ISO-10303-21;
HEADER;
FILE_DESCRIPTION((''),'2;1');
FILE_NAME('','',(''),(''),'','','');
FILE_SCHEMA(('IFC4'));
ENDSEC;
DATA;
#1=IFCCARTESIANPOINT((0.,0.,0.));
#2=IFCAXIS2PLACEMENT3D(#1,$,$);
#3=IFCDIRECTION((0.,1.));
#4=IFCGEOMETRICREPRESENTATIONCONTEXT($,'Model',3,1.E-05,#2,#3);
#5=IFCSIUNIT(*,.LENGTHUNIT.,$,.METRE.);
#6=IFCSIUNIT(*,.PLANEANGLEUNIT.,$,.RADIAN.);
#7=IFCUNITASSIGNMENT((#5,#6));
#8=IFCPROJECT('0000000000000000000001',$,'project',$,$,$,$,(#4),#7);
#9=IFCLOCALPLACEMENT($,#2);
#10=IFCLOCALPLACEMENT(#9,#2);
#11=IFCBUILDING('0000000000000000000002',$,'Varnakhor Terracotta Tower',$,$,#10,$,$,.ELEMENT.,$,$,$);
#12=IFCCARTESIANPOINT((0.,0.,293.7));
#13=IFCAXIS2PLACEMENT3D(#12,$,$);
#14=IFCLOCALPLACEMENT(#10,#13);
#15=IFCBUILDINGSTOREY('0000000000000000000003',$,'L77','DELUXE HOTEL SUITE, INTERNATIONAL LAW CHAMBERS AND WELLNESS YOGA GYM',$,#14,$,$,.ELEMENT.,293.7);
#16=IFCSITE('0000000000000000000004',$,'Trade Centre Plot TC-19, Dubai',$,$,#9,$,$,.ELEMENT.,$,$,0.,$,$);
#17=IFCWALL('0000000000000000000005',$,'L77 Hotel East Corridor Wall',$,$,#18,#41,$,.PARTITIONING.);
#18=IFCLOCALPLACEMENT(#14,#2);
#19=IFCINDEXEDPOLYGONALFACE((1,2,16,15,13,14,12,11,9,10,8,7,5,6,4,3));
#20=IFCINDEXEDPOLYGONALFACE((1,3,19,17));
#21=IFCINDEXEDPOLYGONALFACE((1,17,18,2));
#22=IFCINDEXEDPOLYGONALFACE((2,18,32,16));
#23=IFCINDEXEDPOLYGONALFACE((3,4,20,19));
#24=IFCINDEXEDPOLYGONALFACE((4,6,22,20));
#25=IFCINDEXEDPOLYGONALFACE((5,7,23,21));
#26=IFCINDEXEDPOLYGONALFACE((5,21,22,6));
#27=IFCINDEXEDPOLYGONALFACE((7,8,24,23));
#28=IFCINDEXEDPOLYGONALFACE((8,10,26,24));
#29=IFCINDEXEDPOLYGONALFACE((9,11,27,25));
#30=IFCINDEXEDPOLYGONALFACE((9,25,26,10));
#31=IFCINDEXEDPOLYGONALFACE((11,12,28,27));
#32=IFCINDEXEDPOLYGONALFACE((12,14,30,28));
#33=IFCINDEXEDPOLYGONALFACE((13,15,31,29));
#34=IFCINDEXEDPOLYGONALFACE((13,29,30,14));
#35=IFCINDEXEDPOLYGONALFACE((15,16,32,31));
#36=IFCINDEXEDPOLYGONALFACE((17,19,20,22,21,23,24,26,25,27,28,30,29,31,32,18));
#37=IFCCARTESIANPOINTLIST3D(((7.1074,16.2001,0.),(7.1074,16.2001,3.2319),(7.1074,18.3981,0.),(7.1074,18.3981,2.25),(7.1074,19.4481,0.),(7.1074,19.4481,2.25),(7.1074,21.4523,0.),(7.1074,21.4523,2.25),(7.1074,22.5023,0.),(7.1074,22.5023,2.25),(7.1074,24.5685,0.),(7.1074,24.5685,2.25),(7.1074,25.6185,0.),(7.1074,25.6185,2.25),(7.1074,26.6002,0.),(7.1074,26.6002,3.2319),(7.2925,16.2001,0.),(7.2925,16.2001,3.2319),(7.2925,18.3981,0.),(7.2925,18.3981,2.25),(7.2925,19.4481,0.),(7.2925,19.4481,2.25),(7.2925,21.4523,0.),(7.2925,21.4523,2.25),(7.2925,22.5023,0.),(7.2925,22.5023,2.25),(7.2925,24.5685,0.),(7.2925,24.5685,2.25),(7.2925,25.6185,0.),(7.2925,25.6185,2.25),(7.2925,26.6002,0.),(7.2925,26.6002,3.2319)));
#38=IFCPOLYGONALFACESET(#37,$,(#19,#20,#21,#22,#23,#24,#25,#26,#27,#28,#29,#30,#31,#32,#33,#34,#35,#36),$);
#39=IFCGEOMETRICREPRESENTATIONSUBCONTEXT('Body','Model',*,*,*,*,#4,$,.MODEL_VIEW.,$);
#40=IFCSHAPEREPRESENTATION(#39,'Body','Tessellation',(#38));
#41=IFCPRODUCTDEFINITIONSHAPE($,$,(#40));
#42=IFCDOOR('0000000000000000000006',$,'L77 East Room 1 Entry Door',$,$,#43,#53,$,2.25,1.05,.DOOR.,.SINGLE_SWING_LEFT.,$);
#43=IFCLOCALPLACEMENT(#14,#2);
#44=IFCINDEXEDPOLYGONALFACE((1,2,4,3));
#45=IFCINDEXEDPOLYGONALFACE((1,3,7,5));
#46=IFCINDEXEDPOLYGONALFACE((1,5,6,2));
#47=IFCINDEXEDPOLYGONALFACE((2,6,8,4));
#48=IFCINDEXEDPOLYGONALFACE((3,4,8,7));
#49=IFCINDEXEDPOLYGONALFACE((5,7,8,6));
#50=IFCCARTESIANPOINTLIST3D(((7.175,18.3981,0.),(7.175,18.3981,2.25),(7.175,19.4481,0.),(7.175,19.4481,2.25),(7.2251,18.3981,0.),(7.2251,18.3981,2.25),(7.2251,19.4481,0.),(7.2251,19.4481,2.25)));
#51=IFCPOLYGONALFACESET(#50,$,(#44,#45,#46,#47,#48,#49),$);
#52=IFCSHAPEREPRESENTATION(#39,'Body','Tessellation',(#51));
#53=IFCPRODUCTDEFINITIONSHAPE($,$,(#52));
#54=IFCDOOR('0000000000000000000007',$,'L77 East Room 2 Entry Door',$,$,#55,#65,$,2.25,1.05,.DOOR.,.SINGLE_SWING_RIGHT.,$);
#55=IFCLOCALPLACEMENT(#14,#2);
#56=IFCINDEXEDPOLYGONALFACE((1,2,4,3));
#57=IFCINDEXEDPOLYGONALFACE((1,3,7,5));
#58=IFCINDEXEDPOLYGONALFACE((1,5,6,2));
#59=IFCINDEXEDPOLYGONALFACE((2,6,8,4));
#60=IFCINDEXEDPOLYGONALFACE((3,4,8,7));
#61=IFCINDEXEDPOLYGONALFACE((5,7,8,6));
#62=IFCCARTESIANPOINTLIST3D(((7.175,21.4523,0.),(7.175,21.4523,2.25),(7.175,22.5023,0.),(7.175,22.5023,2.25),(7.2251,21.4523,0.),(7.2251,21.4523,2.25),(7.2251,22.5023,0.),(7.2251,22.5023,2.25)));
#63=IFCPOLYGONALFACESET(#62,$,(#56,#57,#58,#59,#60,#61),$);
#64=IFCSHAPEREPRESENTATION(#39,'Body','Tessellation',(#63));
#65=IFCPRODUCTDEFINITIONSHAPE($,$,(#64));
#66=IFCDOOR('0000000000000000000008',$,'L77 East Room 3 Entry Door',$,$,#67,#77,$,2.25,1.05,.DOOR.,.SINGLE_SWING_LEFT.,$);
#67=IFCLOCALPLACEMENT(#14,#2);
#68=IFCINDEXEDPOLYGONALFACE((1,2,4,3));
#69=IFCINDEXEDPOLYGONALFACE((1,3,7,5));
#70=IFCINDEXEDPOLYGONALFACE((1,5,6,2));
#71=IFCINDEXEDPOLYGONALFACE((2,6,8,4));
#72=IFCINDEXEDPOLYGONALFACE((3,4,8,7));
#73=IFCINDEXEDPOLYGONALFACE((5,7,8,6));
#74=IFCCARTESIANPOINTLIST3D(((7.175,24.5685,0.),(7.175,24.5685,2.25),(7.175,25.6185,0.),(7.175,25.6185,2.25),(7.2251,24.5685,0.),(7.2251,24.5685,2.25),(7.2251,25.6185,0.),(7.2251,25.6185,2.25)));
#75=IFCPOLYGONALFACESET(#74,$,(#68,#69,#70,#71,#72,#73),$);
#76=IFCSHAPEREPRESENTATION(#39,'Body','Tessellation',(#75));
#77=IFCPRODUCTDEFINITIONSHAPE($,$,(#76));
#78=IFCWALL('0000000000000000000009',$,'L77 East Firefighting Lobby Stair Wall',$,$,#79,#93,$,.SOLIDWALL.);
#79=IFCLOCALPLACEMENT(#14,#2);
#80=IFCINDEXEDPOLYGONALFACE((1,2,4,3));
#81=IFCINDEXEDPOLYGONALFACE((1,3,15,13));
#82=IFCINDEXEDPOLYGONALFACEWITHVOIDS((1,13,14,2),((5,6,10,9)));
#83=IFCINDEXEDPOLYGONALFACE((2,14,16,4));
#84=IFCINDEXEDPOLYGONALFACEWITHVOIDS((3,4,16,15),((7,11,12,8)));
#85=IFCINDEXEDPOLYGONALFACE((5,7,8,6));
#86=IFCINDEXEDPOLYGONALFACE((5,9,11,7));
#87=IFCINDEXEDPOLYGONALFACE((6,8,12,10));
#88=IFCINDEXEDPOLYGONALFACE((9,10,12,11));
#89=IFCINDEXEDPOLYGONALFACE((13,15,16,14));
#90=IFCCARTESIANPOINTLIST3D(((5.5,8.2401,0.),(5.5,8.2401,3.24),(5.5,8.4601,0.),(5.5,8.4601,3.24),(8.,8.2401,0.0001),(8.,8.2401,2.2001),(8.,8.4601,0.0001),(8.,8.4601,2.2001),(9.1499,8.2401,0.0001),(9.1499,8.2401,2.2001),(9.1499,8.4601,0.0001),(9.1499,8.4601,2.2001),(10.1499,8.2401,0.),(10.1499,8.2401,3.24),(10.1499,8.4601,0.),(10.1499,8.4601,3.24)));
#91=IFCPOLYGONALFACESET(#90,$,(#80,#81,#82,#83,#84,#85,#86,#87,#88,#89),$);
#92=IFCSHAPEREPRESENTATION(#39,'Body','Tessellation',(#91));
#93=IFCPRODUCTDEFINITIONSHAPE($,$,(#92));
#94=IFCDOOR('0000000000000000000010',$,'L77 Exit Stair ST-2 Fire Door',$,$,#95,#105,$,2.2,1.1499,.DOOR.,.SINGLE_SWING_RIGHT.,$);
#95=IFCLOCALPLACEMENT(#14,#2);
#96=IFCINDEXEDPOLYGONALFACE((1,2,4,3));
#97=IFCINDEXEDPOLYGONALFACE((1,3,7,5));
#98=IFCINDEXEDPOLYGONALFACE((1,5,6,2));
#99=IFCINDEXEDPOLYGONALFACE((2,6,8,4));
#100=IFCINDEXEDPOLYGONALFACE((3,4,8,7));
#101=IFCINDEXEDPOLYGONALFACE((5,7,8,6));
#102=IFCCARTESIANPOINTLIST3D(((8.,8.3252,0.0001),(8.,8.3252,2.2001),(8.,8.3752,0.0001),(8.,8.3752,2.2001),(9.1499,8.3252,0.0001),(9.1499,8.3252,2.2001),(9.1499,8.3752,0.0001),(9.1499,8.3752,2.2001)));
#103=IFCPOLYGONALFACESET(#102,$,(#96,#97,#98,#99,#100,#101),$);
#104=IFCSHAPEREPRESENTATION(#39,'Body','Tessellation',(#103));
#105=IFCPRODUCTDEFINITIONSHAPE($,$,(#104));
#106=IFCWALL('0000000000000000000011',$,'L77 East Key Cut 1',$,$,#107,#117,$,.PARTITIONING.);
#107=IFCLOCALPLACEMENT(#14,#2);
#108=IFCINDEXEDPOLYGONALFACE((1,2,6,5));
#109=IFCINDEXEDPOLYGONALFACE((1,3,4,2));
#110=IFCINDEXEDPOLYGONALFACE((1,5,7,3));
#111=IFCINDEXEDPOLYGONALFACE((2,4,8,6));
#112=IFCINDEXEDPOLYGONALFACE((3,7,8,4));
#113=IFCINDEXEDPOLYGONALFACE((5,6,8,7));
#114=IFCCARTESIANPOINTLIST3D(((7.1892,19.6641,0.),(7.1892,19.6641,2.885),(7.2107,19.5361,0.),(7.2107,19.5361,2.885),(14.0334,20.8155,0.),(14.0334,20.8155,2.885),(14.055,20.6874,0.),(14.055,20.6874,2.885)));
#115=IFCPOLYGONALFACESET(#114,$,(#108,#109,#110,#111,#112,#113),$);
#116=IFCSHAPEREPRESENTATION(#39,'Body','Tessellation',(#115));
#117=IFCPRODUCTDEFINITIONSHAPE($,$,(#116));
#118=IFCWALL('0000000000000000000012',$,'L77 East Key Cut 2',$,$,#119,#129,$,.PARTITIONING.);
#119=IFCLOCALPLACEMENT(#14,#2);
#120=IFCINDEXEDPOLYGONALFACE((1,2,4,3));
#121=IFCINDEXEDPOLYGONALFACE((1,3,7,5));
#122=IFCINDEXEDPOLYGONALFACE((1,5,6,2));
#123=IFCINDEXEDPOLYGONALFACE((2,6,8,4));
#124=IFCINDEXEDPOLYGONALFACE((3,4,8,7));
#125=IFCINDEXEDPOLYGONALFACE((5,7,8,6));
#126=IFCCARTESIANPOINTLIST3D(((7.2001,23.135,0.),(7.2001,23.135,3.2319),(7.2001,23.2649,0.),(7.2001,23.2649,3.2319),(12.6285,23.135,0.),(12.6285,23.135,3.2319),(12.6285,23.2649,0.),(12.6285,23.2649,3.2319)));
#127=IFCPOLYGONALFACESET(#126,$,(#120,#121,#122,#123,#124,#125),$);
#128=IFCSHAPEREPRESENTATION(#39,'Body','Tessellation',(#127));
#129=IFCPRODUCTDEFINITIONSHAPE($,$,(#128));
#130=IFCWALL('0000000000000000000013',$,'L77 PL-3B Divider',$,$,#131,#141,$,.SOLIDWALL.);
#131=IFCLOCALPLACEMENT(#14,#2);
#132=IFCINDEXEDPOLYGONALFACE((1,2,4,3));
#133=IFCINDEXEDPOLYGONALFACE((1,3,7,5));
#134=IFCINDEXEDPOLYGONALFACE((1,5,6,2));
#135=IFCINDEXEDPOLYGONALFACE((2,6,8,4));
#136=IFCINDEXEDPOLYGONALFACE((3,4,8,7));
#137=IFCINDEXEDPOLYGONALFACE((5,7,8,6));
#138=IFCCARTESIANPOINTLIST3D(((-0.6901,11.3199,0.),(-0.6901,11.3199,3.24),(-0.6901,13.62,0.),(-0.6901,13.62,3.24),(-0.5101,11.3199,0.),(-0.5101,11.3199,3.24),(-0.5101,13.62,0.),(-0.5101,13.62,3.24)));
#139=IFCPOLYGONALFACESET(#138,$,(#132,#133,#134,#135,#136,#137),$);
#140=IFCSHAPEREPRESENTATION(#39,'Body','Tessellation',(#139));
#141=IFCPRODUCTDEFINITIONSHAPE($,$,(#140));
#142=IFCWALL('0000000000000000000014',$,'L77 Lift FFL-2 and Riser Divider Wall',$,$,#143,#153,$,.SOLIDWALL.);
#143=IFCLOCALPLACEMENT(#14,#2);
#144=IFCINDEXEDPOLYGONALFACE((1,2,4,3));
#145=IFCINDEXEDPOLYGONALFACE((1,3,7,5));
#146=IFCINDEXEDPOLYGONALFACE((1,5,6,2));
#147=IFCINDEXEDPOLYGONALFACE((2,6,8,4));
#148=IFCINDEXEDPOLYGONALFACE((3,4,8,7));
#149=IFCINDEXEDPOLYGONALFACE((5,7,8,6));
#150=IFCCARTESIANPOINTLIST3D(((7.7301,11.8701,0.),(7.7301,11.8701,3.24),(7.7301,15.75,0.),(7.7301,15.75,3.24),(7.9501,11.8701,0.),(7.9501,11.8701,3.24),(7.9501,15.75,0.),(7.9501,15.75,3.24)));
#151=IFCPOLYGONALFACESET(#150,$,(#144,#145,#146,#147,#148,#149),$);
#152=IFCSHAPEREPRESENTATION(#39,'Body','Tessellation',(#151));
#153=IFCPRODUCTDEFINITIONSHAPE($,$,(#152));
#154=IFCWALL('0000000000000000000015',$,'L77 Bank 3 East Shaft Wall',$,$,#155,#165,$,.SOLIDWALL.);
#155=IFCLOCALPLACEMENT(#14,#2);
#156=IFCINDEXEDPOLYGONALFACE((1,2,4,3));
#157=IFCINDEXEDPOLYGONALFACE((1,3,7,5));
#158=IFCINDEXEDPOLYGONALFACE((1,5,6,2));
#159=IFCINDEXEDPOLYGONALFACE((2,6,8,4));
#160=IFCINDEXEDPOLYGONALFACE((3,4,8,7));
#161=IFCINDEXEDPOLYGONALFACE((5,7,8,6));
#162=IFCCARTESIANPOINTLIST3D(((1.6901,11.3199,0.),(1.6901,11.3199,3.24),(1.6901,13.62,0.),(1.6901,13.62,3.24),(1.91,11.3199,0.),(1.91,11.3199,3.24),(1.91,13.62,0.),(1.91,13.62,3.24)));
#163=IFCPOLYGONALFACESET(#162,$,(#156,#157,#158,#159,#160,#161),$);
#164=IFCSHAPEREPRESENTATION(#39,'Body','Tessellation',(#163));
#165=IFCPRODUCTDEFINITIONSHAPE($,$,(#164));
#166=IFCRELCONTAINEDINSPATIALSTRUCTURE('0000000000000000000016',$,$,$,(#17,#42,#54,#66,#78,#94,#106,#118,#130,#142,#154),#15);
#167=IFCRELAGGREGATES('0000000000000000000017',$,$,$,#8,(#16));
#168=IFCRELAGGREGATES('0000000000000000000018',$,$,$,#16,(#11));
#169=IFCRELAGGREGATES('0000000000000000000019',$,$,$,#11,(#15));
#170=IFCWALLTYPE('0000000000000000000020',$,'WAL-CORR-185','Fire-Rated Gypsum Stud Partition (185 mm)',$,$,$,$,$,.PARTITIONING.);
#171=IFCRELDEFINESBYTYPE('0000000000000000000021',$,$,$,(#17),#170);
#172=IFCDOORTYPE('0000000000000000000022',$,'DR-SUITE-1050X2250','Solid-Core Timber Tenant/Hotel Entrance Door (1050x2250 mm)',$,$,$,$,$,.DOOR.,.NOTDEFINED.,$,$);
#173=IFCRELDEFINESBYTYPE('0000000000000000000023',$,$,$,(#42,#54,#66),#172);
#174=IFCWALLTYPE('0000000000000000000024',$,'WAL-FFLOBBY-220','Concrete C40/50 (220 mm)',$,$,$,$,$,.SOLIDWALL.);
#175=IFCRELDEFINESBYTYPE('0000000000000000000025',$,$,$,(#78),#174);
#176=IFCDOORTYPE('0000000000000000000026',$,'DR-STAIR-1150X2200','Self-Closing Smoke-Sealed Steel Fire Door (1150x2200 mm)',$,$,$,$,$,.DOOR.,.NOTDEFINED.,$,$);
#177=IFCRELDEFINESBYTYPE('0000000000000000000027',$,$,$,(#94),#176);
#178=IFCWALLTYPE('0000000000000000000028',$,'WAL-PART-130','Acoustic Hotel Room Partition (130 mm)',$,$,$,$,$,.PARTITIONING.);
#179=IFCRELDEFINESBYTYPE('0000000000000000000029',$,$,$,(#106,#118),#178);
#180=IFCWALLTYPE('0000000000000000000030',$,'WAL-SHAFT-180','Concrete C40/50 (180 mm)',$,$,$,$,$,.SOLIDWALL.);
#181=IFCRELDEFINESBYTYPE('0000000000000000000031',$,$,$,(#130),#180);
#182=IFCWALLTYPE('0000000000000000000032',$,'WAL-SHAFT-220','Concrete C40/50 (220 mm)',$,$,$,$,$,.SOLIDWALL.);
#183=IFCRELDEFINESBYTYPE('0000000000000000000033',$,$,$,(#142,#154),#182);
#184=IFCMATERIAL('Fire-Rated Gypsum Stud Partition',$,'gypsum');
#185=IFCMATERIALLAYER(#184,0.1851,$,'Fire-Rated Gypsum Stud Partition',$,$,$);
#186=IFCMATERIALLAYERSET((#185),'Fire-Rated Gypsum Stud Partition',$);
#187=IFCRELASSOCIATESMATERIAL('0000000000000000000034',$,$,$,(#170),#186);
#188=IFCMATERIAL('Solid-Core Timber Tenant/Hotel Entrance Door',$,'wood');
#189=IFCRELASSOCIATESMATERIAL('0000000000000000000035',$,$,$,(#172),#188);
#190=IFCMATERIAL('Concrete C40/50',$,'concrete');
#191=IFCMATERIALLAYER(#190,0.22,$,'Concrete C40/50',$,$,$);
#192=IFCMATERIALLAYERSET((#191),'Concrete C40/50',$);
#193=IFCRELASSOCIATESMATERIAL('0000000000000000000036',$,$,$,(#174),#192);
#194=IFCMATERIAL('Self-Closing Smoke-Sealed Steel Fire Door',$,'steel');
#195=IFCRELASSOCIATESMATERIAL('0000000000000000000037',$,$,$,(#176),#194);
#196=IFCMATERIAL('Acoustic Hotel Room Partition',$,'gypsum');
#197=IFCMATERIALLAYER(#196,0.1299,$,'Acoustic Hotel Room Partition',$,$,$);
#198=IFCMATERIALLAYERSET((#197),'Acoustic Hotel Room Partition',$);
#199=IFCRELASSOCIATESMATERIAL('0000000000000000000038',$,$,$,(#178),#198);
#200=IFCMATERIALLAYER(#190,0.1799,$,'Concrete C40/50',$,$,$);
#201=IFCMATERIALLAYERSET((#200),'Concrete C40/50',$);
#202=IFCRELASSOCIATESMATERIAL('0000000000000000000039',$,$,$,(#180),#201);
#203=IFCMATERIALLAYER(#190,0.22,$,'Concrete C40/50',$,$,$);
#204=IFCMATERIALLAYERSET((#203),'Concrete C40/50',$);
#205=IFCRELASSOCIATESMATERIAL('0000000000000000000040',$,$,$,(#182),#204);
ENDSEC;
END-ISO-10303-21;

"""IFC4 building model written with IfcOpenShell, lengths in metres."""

from ifc_helpers import new_model, si_unit, direction, frame, frame_2d, origin, place, context, subcontext, project, spatial, rectangle, extrude, source, transform, mapped, material, layer, layer_set, type_object, type_shapes, element, fill, save


model = new_model("IFC4")

# Units and contexts
model_context = context("Model", 3, precision=1e-05, world=origin(), true_north=direction((0.0, 1.0)))
body_context = subcontext(model_context, "Body", "Model", "MODEL_VIEW")
ifc_project = project(units=[si_unit("LENGTHUNIT", "METRE"), si_unit("PLANEANGLEUNIT", "RADIAN")], contexts=[model_context])

# Site, building, storey
site_placement = place(None, origin())
site = spatial("IfcSite", under=ifc_project, at=site_placement, Name="Trade Centre Plot TC-19, Dubai", CompositionType="ELEMENT", RefElevation=0.0)
building_placement = place(site_placement, origin())
building = spatial("IfcBuilding", under=site, at=building_placement, Name="Varnakhor Terracotta Tower", CompositionType="ELEMENT")
storey_placement = place(building_placement, frame((0.0, 0.0, 293.7)))
storey = spatial("IfcBuildingStorey", under=building, at=storey_placement, Name="L77", Description="DELUXE HOTEL SUITE, INTERNATIONAL LAW CHAMBERS AND WELLNESS YOGA GYM", CompositionType="ELEMENT", Elevation=293.7)

# Shared definitions
ifc_material_1 = material(Name="Fire-Rated Gypsum Stud Partition", Category="gypsum")
ifc_layer_1 = layer(ifc_material_1, 0.1851, Name="Fire-Rated Gypsum Stud Partition")
ifc_layer_set_1 = layer_set([ifc_layer_1], Name="Fire-Rated Gypsum Stud Partition")
wall_type_1 = type_object("IfcWallType", Name="WAL-CORR-185", Description="Fire-Rated Gypsum Stud Partition (185 mm)", PredefinedType="PARTITIONING", material=ifc_layer_set_1)

# Wall, openings, doors
wall_1_placement = place(storey_placement, frame((7.2, 16.2, 0.0), z_axis=(0.0, 0.0, 1.0), x_axis=(0.0, 1.0, 0.0)))
wall_1 = element("IfcWall", 1, at=wall_1_placement, inside=storey, type_object=wall_type_1, Name="L77 Hotel East Corridor Wall", PredefinedType="PARTITIONING", context=body_context, shape_type="SweptSolid", body=[
    extrude(rectangle(XDim=10.4001, YDim=0.1851, at=frame_2d((5.2002, 0.0))), origin(), (0.0, 0.0, 1.0), 3.2319),
])
opening_1_placement = place(wall_1_placement, frame((2.1982, 0.0, 0.0)))
opening_1 = element("IfcOpeningElement", 2, at=opening_1_placement, cuts=wall_1, PredefinedType="OPENING", context=body_context, shape_type="SweptSolid", body=[
    extrude(rectangle(XDim=1.05, YDim=2.25, at=frame_2d((0.5249, 1.125))), frame((0.0, 0.1025, 0.0), z_axis=(0.0, -1.0, 0.0), x_axis=(1.0, 0.0, 0.0)), (0.0, 0.0, 1.0), 0.2051),
])
opening_2_placement = place(wall_1_placement, frame((5.2524, 0.0, 0.0)))
opening_2 = element("IfcOpeningElement", 3, at=opening_2_placement, cuts=wall_1, PredefinedType="OPENING", context=body_context, shape_type="SweptSolid", body=[
    extrude(rectangle(XDim=1.05, YDim=2.25, at=frame_2d((0.5249, 1.125))), frame((0.0, 0.1025, 0.0), z_axis=(0.0, -1.0, 0.0), x_axis=(1.0, 0.0, 0.0)), (0.0, 0.0, 1.0), 0.2051),
])
opening_3_placement = place(wall_1_placement, frame((8.3687, 0.0, 0.0)))
opening_3 = element("IfcOpeningElement", 4, at=opening_3_placement, cuts=wall_1, PredefinedType="OPENING", context=body_context, shape_type="SweptSolid", body=[
    extrude(rectangle(XDim=1.05, YDim=2.25, at=frame_2d((0.5249, 1.125))), frame((0.0, 0.1025, 0.0), z_axis=(0.0, -1.0, 0.0), x_axis=(1.0, 0.0, 0.0)), (0.0, 0.0, 1.0), 0.2051),
])
ifc_material_2 = material(Name="Solid-Core Timber Tenant/Hotel Entrance Door", Category="wood")
door_type_1 = type_object("IfcDoorType", Name="DR-SUITE-1050X2250", Description="Solid-Core Timber Tenant/Hotel Entrance Door (1050x2250 mm)", OperationType="NOTDEFINED", PredefinedType="DOOR", material=ifc_material_2)
shared_shape_1 = source(origin(), body_context, "Body", "SweptSolid", [
    extrude(rectangle(XDim=1.05, YDim=2.25, at=frame_2d((0.5249, 1.125))), frame((0.0, 0.0249, 0.0), z_axis=(0.0, -1.0, 0.0), x_axis=(1.0, 0.0, 0.0)), (0.0, 0.0, 1.0), 0.05),
])
type_shapes(door_type_1, [shared_shape_1])
door_1_placement = place(opening_1_placement, origin())
door_1 = element("IfcDoor", 5, at=door_1_placement, inside=storey, type_object=door_type_1, Name="L77 East Room 1 Entry Door", OperationType="SINGLE_SWING_LEFT", OverallHeight=2.25, OverallWidth=1.05, PredefinedType="DOOR", context=body_context, shape_type="MappedRepresentation", body=[
    mapped(shared_shape_1, transform((0.0, 0.0, 0.0), scale=1.0)),
])
fill(opening_1, door_1)
door_2_placement = place(opening_2_placement, origin())
door_2 = element("IfcDoor", 6, at=door_2_placement, inside=storey, type_object=door_type_1, Name="L77 East Room 2 Entry Door", OperationType="SINGLE_SWING_RIGHT", OverallHeight=2.25, OverallWidth=1.05, PredefinedType="DOOR", context=body_context, shape_type="MappedRepresentation", body=[
    mapped(shared_shape_1, transform((0.0, 0.0, 0.0), scale=1.0)),
])
fill(opening_2, door_2)
door_3_placement = place(opening_3_placement, origin())
door_3 = element("IfcDoor", 7, at=door_3_placement, inside=storey, type_object=door_type_1, Name="L77 East Room 3 Entry Door", OperationType="SINGLE_SWING_LEFT", OverallHeight=2.25, OverallWidth=1.05, PredefinedType="DOOR", context=body_context, shape_type="MappedRepresentation", body=[
    mapped(shared_shape_1, transform((0.0, 0.0, 0.0), scale=1.0)),
])
fill(opening_3, door_3)

# Wall, opening, door
ifc_material_3 = material(Name="Concrete C40/50", Category="concrete")
ifc_layer_2 = layer(ifc_material_3, 0.22, Name="Concrete C40/50")
ifc_layer_set_2 = layer_set([ifc_layer_2], Name="Concrete C40/50")
wall_type_2 = type_object("IfcWallType", Name="WAL-FFLOBBY-220", Description="Concrete C40/50 (220 mm)", PredefinedType="SOLIDWALL", material=ifc_layer_set_2)
wall_2_placement = place(storey_placement, frame((10.1499, 8.3501, 0.0), z_axis=(0.0, 0.0, 1.0), x_axis=(-1.0, 0.0, 0.0)))
wall_2 = element("IfcWall", 8, at=wall_2_placement, inside=storey, type_object=wall_type_2, Name="L77 East Firefighting Lobby Stair Wall", PredefinedType="SOLIDWALL", context=body_context, shape_type="SweptSolid", body=[
    extrude(rectangle(XDim=4.6499, YDim=0.22, at=frame_2d((2.325, 0.0))), origin(), (0.0, 0.0, 1.0), 3.24),
])
opening_4_placement = place(wall_2_placement, frame((1.0, 0.0, 0.0)))
opening_4 = element("IfcOpeningElement", 9, at=opening_4_placement, cuts=wall_2, PredefinedType="OPENING", context=body_context, shape_type="SweptSolid", body=[
    extrude(rectangle(XDim=1.1499, YDim=2.2, at=frame_2d((0.575, 1.1001))), frame((0.0, 0.1201, 0.0), z_axis=(0.0, -1.0, 0.0), x_axis=(1.0, 0.0, 0.0)), (0.0, 0.0, 1.0), 0.24),
])
ifc_material_4 = material(Name="Self-Closing Smoke-Sealed Steel Fire Door", Category="steel")
door_type_2 = type_object("IfcDoorType", Name="DR-STAIR-1150X2200", Description="Self-Closing Smoke-Sealed Steel Fire Door (1150x2200 mm)", OperationType="NOTDEFINED", PredefinedType="DOOR", material=ifc_material_4)
shared_shape_2 = source(origin(), body_context, "Body", "SweptSolid", [
    extrude(rectangle(XDim=1.1499, YDim=2.2, at=frame_2d((0.575, 1.1001))), frame((0.0, 0.0249, 0.0), z_axis=(0.0, -1.0, 0.0), x_axis=(1.0, 0.0, 0.0)), (0.0, 0.0, 1.0), 0.05),
])
type_shapes(door_type_2, [shared_shape_2])
door_4_placement = place(opening_4_placement, origin())
door_4 = element("IfcDoor", 10, at=door_4_placement, inside=storey, type_object=door_type_2, Name="L77 Exit Stair ST-2 Fire Door", OperationType="SINGLE_SWING_RIGHT", OverallHeight=2.2, OverallWidth=1.1499, PredefinedType="DOOR", context=body_context, shape_type="MappedRepresentation", body=[
    mapped(shared_shape_2, transform((0.0, 0.0, 0.0), scale=1.0)),
])
fill(opening_4, door_4)

# Walls
ifc_material_5 = material(Name="Acoustic Hotel Room Partition", Category="gypsum")
ifc_layer_3 = layer(ifc_material_5, 0.1299, Name="Acoustic Hotel Room Partition")
ifc_layer_set_3 = layer_set([ifc_layer_3], Name="Acoustic Hotel Room Partition")
wall_type_3 = type_object("IfcWallType", Name="WAL-PART-130", Description="Acoustic Hotel Room Partition (130 mm)", PredefinedType="PARTITIONING", material=ifc_layer_set_3)
wall_3_placement = place(storey_placement, frame((7.2, 19.6001, 0.0), z_axis=(0.0, 0.0, 1.0), x_axis=(0.986144, 0.165893, 0.0)))
element("IfcWall", 11, at=wall_3_placement, inside=storey, type_object=wall_type_3, Name="L77 East Key Cut 1", PredefinedType="PARTITIONING", context=body_context, shape_type="SweptSolid", body=[
    extrude(rectangle(XDim=6.9404, YDim=0.1299, at=frame_2d((3.4702, 0.0))), origin(), (0.0, 0.0, 1.0), 2.885),
])
wall_4_placement = place(storey_placement, frame((7.2, 23.2, 0.0), z_axis=(0.0, 0.0, 1.0), x_axis=(1.0, 0.0, 0.0)))
element("IfcWall", 12, at=wall_4_placement, inside=storey, type_object=wall_type_3, Name="L77 East Key Cut 2", PredefinedType="PARTITIONING", context=body_context, shape_type="SweptSolid", body=[
    extrude(rectangle(XDim=5.4285, YDim=0.1299, at=frame_2d((2.7144, 0.0))), origin(), (0.0, 0.0, 1.0), 3.2319),
])
ifc_layer_4 = layer(ifc_material_3, 0.1799, Name="Concrete C40/50")
ifc_layer_set_4 = layer_set([ifc_layer_4], Name="Concrete C40/50")
wall_type_4 = type_object("IfcWallType", Name="WAL-SHAFT-180", Description="Concrete C40/50 (180 mm)", PredefinedType="SOLIDWALL", material=ifc_layer_set_4)
wall_5_placement = place(storey_placement, frame((-0.6001, 11.3201, 0.0), z_axis=(0.0, 0.0, 1.0), x_axis=(0.0, 1.0, 0.0)))
element("IfcWall", 13, at=wall_5_placement, inside=storey, type_object=wall_type_4, Name="L77 PL-3B Divider", PredefinedType="SOLIDWALL", context=body_context, shape_type="SweptSolid", body=[
    extrude(rectangle(XDim=2.3, YDim=0.1799, at=frame_2d((1.1499, 0.0))), origin(), (0.0, 0.0, 1.0), 3.24),
])
ifc_layer_5 = layer(ifc_material_3, 0.22, Name="Concrete C40/50")
ifc_layer_set_5 = layer_set([ifc_layer_5], Name="Concrete C40/50")
wall_type_5 = type_object("IfcWallType", Name="WAL-SHAFT-220", Description="Concrete C40/50 (220 mm)", PredefinedType="SOLIDWALL", material=ifc_layer_set_5)
wall_6_placement = place(storey_placement, frame((7.8401, 11.8701, 0.0), z_axis=(0.0, 0.0, 1.0), x_axis=(0.0, 1.0, 0.0)))
element("IfcWall", 14, at=wall_6_placement, inside=storey, type_object=wall_type_5, Name="L77 Lift FFL-2 and Riser Divider Wall", PredefinedType="SOLIDWALL", context=body_context, shape_type="SweptSolid", body=[
    extrude(rectangle(XDim=3.8799, YDim=0.22, at=frame_2d((1.9399, 0.0))), origin(), (0.0, 0.0, 1.0), 3.24),
])
wall_7_placement = place(storey_placement, frame((1.8, 11.3201, 0.0), z_axis=(0.0, 0.0, 1.0), x_axis=(0.0, 1.0, 0.0)))
element("IfcWall", 15, at=wall_7_placement, inside=storey, type_object=wall_type_5, Name="L77 Bank 3 East Shaft Wall", PredefinedType="SOLIDWALL", context=body_context, shape_type="SweptSolid", body=[
    extrude(rectangle(XDim=2.3, YDim=0.22, at=frame_2d((1.1499, 0.0))), origin(), (0.0, 0.0, 1.0), 3.24),
])

save(model, "model.ifc")
